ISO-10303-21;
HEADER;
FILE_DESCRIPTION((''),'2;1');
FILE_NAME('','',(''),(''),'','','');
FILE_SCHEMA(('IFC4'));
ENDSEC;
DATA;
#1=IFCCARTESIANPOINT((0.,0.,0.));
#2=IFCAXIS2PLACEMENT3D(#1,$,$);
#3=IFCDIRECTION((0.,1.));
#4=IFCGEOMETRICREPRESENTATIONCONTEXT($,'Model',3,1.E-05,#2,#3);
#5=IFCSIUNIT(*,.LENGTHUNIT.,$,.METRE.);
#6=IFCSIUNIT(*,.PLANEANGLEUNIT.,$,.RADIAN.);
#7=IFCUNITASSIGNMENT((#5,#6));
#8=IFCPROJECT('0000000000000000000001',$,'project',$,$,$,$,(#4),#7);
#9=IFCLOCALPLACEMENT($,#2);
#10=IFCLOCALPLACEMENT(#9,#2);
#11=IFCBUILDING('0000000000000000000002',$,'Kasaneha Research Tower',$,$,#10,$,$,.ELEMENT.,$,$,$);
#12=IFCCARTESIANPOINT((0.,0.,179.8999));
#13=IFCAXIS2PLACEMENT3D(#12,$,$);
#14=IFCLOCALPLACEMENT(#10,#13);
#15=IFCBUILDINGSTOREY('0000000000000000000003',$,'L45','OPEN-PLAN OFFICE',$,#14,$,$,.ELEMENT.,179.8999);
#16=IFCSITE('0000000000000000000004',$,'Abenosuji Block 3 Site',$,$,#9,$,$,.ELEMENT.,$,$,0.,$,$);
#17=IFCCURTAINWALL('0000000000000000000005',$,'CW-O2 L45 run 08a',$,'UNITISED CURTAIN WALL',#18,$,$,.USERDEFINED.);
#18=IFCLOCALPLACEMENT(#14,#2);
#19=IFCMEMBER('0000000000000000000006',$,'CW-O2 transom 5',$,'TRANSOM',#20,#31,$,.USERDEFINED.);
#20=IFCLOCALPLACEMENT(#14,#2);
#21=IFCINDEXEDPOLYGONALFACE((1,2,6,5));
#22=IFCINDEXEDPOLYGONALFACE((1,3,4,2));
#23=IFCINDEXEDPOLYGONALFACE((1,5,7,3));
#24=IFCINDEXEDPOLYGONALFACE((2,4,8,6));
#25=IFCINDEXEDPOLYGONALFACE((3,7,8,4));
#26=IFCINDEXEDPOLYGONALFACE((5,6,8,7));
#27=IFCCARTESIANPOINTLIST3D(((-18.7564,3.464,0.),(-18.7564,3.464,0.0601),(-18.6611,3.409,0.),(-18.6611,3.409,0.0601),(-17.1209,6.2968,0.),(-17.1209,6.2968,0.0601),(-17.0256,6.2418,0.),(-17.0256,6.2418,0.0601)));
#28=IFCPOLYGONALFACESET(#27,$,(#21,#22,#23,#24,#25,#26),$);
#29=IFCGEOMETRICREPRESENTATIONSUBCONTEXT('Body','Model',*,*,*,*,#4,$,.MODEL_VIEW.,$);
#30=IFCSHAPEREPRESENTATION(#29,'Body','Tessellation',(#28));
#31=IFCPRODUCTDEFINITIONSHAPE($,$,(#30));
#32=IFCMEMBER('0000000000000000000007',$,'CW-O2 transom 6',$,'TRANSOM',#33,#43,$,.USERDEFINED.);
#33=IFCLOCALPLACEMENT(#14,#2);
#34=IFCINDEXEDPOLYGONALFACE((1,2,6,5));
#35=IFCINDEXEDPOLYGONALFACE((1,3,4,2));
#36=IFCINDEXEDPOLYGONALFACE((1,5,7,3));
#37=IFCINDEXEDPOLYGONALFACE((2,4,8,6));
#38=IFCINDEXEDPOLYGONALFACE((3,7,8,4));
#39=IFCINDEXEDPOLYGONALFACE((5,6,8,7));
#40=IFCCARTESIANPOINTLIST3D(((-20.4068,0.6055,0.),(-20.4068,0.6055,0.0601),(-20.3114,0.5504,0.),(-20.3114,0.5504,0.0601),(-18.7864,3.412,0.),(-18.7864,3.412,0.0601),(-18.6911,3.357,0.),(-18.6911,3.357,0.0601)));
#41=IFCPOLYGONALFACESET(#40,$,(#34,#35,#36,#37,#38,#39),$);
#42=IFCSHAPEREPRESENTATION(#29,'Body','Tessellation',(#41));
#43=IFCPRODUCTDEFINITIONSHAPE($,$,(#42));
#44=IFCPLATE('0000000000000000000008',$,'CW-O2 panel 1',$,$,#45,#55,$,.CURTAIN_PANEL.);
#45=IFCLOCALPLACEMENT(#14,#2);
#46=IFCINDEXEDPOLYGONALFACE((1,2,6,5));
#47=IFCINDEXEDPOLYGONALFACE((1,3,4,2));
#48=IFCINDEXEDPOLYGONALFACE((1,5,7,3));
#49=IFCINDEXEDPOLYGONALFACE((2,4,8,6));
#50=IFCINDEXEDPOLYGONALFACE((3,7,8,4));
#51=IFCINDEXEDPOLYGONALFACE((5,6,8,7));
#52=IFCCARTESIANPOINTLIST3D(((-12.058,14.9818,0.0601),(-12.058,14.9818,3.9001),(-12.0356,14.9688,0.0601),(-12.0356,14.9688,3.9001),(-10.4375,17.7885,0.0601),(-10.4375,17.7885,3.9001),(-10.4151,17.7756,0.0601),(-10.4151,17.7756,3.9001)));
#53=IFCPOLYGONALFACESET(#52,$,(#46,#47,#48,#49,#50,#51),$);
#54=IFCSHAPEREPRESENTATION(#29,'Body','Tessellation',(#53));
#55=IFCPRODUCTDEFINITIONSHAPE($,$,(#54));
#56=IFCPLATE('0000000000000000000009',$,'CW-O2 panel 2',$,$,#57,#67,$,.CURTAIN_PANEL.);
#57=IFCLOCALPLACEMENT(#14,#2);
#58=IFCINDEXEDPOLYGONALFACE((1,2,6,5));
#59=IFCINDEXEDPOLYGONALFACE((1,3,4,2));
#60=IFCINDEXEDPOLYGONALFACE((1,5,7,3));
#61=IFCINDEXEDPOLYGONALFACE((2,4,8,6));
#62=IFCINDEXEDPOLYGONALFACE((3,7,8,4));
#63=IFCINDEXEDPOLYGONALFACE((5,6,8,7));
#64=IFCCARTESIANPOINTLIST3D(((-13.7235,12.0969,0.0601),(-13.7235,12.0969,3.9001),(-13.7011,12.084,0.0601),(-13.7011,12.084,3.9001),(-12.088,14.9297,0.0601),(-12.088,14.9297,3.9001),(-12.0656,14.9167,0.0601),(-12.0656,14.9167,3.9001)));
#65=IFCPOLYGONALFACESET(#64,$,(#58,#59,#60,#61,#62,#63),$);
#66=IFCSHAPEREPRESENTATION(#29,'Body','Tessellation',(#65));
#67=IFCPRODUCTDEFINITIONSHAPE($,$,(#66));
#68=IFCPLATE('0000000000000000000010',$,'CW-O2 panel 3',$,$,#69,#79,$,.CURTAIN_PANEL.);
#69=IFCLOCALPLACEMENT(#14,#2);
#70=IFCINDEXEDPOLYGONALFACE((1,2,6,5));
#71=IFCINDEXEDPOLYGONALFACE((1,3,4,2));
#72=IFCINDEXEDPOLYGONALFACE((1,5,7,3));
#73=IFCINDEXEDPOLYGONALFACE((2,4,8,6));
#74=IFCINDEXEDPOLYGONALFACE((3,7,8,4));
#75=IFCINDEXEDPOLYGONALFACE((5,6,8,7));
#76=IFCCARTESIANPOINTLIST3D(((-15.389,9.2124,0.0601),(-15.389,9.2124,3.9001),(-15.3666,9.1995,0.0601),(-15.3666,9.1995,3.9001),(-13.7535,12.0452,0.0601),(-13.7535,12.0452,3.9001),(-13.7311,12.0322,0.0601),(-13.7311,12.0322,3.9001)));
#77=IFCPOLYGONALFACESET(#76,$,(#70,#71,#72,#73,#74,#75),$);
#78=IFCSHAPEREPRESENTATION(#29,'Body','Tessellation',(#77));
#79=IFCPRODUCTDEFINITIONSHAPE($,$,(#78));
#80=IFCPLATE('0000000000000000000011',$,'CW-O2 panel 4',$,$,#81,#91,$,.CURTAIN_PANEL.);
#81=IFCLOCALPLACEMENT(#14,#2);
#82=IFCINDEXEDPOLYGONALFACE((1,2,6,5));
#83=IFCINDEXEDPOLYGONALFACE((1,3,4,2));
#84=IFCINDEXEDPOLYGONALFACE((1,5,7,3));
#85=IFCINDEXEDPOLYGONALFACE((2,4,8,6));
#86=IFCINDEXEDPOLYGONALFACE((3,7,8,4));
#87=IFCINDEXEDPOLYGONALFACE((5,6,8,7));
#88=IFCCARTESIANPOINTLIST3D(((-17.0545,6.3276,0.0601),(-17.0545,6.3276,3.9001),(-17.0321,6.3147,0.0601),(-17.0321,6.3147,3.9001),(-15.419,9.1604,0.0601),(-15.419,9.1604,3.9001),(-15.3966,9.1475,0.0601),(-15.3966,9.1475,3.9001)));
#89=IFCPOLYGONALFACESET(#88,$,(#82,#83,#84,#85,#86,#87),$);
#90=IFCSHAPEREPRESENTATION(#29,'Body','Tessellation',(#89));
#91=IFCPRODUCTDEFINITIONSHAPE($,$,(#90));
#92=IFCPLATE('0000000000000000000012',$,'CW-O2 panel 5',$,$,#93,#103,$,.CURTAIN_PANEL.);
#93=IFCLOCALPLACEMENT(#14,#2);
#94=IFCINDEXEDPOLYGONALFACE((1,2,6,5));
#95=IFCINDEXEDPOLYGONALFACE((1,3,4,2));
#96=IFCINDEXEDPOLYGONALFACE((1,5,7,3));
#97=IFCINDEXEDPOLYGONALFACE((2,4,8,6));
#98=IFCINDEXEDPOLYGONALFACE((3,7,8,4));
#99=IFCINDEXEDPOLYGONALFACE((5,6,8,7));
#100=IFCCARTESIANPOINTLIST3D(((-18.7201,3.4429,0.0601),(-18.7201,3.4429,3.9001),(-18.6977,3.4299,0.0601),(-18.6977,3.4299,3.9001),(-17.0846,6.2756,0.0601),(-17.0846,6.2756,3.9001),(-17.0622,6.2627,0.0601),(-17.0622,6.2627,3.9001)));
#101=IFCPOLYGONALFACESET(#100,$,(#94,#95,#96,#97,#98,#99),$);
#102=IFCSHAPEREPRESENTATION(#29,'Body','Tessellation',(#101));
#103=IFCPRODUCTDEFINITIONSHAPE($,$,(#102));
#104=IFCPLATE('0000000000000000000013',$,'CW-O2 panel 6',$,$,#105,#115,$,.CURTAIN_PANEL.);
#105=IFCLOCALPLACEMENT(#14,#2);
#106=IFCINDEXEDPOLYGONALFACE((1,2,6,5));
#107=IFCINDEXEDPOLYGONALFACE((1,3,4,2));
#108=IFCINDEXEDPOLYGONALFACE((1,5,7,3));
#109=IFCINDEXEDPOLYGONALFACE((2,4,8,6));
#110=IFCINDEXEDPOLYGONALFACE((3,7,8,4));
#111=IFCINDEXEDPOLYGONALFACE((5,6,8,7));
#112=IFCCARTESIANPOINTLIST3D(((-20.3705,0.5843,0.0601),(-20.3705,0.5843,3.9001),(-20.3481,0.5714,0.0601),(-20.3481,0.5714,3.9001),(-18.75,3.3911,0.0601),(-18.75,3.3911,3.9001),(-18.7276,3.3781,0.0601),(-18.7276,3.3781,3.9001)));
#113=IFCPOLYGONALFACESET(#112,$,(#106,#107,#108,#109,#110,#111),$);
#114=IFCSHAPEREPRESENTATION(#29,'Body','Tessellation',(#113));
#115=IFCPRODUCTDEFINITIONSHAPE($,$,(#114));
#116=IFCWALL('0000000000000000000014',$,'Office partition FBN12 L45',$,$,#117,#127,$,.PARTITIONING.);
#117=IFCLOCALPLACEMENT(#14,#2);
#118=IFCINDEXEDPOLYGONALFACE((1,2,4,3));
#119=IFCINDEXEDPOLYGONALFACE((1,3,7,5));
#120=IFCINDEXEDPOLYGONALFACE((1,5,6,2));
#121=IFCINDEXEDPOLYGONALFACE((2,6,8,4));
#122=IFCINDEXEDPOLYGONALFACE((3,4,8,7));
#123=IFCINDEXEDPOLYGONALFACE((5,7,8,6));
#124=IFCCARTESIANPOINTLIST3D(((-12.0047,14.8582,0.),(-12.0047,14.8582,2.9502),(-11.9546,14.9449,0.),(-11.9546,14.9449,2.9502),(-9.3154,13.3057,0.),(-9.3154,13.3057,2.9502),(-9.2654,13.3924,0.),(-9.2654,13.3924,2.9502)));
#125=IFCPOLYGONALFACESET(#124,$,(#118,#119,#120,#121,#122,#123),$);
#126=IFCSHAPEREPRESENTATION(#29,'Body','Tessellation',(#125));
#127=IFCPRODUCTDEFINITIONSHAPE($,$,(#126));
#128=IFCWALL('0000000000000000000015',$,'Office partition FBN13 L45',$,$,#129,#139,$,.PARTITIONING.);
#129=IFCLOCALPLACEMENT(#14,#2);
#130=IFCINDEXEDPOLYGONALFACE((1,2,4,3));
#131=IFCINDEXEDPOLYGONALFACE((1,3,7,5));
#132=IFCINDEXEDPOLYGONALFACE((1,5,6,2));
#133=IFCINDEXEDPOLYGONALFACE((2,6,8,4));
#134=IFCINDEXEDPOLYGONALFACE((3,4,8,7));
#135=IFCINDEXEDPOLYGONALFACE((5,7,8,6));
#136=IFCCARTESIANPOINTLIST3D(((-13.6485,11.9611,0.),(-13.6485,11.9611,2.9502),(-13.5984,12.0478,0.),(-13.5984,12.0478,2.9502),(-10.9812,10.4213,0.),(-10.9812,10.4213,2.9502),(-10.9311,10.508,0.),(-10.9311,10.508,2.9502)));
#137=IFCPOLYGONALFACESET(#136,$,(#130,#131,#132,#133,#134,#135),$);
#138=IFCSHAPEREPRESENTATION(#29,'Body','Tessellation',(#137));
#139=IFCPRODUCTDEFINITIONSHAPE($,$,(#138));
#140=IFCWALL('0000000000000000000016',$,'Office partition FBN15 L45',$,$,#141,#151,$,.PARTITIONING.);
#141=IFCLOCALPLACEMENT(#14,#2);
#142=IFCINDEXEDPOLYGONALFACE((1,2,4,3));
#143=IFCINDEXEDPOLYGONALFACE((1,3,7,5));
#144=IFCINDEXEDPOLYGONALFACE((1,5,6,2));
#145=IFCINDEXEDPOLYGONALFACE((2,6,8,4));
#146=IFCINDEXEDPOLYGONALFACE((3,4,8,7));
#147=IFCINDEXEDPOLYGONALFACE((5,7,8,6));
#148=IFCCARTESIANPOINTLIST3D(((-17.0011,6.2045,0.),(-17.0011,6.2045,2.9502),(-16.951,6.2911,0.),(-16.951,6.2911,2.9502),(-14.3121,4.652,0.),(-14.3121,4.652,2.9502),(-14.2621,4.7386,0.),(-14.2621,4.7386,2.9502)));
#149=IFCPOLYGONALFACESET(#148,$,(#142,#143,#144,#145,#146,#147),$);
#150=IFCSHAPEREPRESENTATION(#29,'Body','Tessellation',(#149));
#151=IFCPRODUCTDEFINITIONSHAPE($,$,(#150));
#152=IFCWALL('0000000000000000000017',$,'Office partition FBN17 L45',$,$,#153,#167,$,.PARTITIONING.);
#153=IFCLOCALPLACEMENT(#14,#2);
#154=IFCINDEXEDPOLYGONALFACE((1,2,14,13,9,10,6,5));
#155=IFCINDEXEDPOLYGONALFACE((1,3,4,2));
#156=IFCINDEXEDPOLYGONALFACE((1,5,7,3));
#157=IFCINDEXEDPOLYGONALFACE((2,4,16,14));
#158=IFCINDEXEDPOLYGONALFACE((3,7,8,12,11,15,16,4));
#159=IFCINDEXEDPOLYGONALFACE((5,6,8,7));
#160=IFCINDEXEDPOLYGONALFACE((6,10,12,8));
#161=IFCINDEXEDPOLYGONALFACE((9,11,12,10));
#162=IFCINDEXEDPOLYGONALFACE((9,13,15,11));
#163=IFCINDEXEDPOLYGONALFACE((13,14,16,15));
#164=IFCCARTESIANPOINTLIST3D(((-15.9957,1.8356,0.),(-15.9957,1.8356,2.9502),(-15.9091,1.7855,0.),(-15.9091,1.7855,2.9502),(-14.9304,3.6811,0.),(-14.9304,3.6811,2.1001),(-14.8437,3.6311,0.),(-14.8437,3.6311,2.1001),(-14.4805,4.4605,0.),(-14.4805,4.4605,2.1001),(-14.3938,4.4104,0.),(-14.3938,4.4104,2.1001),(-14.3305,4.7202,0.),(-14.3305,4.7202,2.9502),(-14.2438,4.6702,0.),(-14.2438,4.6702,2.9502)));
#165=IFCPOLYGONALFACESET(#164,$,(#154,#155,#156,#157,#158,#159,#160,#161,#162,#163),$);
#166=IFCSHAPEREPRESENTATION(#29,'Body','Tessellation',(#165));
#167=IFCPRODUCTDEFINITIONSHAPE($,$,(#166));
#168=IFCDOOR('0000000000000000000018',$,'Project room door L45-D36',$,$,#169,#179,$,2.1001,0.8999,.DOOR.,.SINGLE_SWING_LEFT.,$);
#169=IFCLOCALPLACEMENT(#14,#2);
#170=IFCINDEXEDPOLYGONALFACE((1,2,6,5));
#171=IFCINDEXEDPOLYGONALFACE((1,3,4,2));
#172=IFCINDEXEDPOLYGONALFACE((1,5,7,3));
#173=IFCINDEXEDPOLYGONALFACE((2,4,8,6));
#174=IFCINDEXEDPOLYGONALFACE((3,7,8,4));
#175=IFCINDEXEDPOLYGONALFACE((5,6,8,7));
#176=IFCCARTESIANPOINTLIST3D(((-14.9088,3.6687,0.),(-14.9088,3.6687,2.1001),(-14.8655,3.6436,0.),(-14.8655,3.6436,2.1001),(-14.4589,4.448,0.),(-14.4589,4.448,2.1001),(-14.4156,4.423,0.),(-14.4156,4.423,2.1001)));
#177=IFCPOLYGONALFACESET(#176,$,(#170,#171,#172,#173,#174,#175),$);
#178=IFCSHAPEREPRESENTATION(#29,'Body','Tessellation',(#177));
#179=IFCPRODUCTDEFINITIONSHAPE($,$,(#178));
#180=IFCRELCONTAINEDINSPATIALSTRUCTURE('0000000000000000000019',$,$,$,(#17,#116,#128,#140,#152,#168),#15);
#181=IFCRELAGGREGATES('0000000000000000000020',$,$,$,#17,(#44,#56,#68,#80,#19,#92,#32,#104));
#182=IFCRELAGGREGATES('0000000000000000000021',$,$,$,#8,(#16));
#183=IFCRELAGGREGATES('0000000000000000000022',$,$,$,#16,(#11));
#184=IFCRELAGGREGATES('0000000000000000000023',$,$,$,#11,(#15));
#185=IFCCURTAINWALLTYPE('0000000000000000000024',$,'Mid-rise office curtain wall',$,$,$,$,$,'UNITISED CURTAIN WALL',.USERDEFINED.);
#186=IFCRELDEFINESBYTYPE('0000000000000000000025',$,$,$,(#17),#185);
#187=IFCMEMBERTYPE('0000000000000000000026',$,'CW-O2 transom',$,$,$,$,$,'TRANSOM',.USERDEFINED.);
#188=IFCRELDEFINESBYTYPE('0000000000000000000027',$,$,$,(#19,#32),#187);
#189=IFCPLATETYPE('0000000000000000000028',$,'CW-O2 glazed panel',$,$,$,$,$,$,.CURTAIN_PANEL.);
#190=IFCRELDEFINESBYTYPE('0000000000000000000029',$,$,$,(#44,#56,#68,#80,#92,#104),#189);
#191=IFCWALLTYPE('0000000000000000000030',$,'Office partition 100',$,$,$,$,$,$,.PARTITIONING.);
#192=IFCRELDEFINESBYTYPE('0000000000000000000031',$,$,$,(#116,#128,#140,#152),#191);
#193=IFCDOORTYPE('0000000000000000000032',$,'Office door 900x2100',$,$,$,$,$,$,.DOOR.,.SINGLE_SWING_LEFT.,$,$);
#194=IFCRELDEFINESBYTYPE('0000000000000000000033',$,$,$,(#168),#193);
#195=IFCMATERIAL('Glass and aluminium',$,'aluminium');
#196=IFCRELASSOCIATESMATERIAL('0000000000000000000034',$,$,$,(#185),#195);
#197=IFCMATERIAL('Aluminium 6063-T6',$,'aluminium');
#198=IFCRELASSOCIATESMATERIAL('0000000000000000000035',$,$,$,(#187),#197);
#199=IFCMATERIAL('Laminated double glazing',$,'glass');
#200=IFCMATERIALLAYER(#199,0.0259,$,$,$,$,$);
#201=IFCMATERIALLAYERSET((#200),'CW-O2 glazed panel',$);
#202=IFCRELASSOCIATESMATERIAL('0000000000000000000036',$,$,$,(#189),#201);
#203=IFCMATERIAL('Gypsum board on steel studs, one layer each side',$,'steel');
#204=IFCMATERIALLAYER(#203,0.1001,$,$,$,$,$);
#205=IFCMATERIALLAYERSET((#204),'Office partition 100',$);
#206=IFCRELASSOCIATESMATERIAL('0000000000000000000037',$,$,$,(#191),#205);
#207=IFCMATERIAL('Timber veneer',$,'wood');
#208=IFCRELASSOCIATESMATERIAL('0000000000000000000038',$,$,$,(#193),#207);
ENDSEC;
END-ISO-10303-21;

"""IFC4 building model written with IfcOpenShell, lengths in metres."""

from ifc_helpers import new_model, si_unit, direction, frame, frame_2d, origin, origin_2d, place, context, subcontext, project, spatial, rectangle, extrude, material, layer, layer_set, material_profile, profile_set, type_object, element, fill, aggregate, save


model = new_model("IFC4")

# Units and contexts
model_context = context("Model", 3, precision=1e-05, world=origin(), true_north=direction((0.0, 1.0)))
body_context = subcontext(model_context, "Body", "Model", "MODEL_VIEW")
ifc_project = project(units=[si_unit("LENGTHUNIT", "METRE"), si_unit("PLANEANGLEUNIT", "RADIAN")], contexts=[model_context])

# Site, building, storey
site_placement = place(None, origin())
site = spatial("IfcSite", under=ifc_project, at=site_placement, Name="Abenosuji Block 3 Site", CompositionType="ELEMENT", RefElevation=0.0)
building_placement = place(site_placement, origin())
building = spatial("IfcBuilding", under=site, at=building_placement, Name="Kasaneha Research Tower", CompositionType="ELEMENT")
storey_placement = place(building_placement, frame((0.0, 0.0, 179.8999)))
storey = spatial("IfcBuildingStorey", under=building, at=storey_placement, Name="L45", Description="OPEN-PLAN OFFICE", CompositionType="ELEMENT", Elevation=179.8999)

# Shared definitions
ifc_material_1 = material(Name="Glass and aluminium", Category="aluminium")
curtain_wall_type = type_object("IfcCurtainWallType", Name="Mid-rise office curtain wall", ElementType="UNITISED CURTAIN WALL", PredefinedType="USERDEFINED", material=ifc_material_1)

# Curtain wall, members, plates
curtain_wall_1_placement = place(storey_placement, origin())
curtain_wall_1 = element("IfcCurtainWall", 1, at=curtain_wall_1_placement, inside=storey, type_object=curtain_wall_type, Name="CW-O2 L45 run 08a", ObjectType="UNITISED CURTAIN WALL", PredefinedType="USERDEFINED")
ifc_material_2 = material(Name="Aluminium 6063-T6", Category="aluminium")
ifc_material_profile_1 = material_profile(ifc_material_2, rectangle(XDim=0.1101, YDim=0.0601, at=origin_2d()), Name="CW-O2 transom 110x60")
ifc_profile_set_1 = profile_set([ifc_material_profile_1], Name="Aluminium 6063-T6")
member_type_1 = type_object("IfcMemberType", Name="CW-O2 transom", ElementType="TRANSOM", PredefinedType="USERDEFINED", material=ifc_profile_set_1)
member_1_placement = place(storey_placement, frame((-17.0732, 6.2693, 0.03), z_axis=(-0.5, -0.866025, 0.0), x_axis=(0.866025, -0.5, 0.0)))
member_1 = element("IfcMember", 2, at=member_1_placement, type_object=member_type_1, Name="CW-O2 transom 5", ObjectType="TRANSOM", PredefinedType="USERDEFINED", context=body_context, shape_type="SweptSolid", body=[
    extrude(rectangle(XDim=0.1101, YDim=0.0601, at=origin_2d()), origin(), (0.0, 0.0, 1.0), 3.271),
])
member_2_placement = place(storey_placement, frame((-18.7388, 3.3845, 0.03), z_axis=(-0.499988, -0.866033, 0.0), x_axis=(0.866033, -0.499988, 0.0)))
member_2 = element("IfcMember", 3, at=member_2_placement, type_object=member_type_1, Name="CW-O2 transom 6", ObjectType="TRANSOM", PredefinedType="USERDEFINED", context=body_context, shape_type="SweptSolid", body=[
    extrude(rectangle(XDim=0.1101, YDim=0.0601, at=origin_2d()), origin(), (0.0, 0.0, 1.0), 3.2407),
])
ifc_material_3 = material(Name="Laminated double glazing", Category="glass")
ifc_layer_1 = layer(ifc_material_3, 0.0259)
ifc_layer_set_1 = layer_set([ifc_layer_1], Name="CW-O2 glazed panel")
plate_type = type_object("IfcPlateType", Name="CW-O2 glazed panel", PredefinedType="CURTAIN_PANEL", material=ifc_layer_set_1)
plate_1_placement = place(storey_placement, frame((-11.2366, 16.3787, 0.0601), z_axis=(0.0, 0.0, 1.0), x_axis=(-0.5, -0.866025, 0.0)))
plate_1 = element("IfcPlate", 4, at=plate_1_placement, type_object=plate_type, Name="CW-O2 panel 1", PredefinedType="CURTAIN_PANEL", context=body_context, shape_type="SweptSolid", body=[
    extrude(rectangle(XDim=3.241, YDim=0.0259, at=origin_2d()), origin(), (0.0, 0.0, 1.0), 3.8401),
])
plate_2_placement = place(storey_placement, frame((-12.8945, 13.5068, 0.0601), z_axis=(0.0, 0.0, 1.0), x_axis=(-0.5, -0.866025, 0.0)))
plate_2 = element("IfcPlate", 5, at=plate_2_placement, type_object=plate_type, Name="CW-O2 panel 2", PredefinedType="CURTAIN_PANEL", context=body_context, shape_type="SweptSolid", body=[
    extrude(rectangle(XDim=3.271, YDim=0.0259, at=origin_2d()), origin(), (0.0, 0.0, 1.0), 3.8401),
])
plate_3_placement = place(storey_placement, frame((-14.5601, 10.6223, 0.0601), z_axis=(0.0, 0.0, 1.0), x_axis=(-0.5, -0.866025, 0.0)))
plate_3 = element("IfcPlate", 6, at=plate_3_placement, type_object=plate_type, Name="CW-O2 panel 3", PredefinedType="CURTAIN_PANEL", context=body_context, shape_type="SweptSolid", body=[
    extrude(rectangle(XDim=3.271, YDim=0.0259, at=origin_2d()), origin(), (0.0, 0.0, 1.0), 3.8401),
])
plate_4_placement = place(storey_placement, frame((-16.2256, 7.7375, 0.0601), z_axis=(0.0, 0.0, 1.0), x_axis=(-0.5, -0.866025, 0.0)))
plate_4 = element("IfcPlate", 7, at=plate_4_placement, type_object=plate_type, Name="CW-O2 panel 4", PredefinedType="CURTAIN_PANEL", context=body_context, shape_type="SweptSolid", body=[
    extrude(rectangle(XDim=3.271, YDim=0.0259, at=origin_2d()), origin(), (0.0, 0.0, 1.0), 3.8401),
])
plate_5_placement = place(storey_placement, frame((-17.8911, 4.8528, 0.0601), z_axis=(0.0, 0.0, 1.0), x_axis=(-0.5, -0.866025, 0.0)))
plate_5 = element("IfcPlate", 8, at=plate_5_placement, type_object=plate_type, Name="CW-O2 panel 5", PredefinedType="CURTAIN_PANEL", context=body_context, shape_type="SweptSolid", body=[
    extrude(rectangle(XDim=3.271, YDim=0.0259, at=origin_2d()), origin(), (0.0, 0.0, 1.0), 3.8401),
])
plate_6_placement = place(storey_placement, frame((-19.5491, 1.9812, 0.0601), z_axis=(0.0, 0.0, 1.0), x_axis=(-0.5, -0.866025, 0.0)))
plate_6 = element("IfcPlate", 9, at=plate_6_placement, type_object=plate_type, Name="CW-O2 panel 6", PredefinedType="CURTAIN_PANEL", context=body_context, shape_type="SweptSolid", body=[
    extrude(rectangle(XDim=3.241, YDim=0.0259, at=origin_2d()), origin(), (0.0, 0.0, 1.0), 3.8401),
])
aggregate(curtain_wall_1, [plate_1, plate_2, plate_3, plate_4, member_1, plate_5, member_2, plate_6])

# Walls
ifc_material_4 = material(Name="Gypsum board on steel studs, one layer each side", Category="steel")
ifc_layer_2 = layer(ifc_material_4, 0.1001)
ifc_layer_set_2 = layer_set([ifc_layer_2], Name="Office partition 100")
wall_type = type_object("IfcWallType", Name="Office partition 100", PredefinedType="PARTITIONING", material=ifc_layer_set_2)
wall_1_placement = place(storey_placement, frame((-11.9797, 14.9016, 0.0), z_axis=(0.0, 0.0, 1.0), x_axis=(0.866043, -0.49997, 0.0)))
element("IfcWall", 10, at=wall_1_placement, inside=storey, type_object=wall_type, Name="Office partition FBN12 L45", PredefinedType="PARTITIONING", context=body_context, shape_type="SweptSolid", body=[
    extrude(rectangle(XDim=3.1052, YDim=0.1001, at=frame_2d((1.5527, 0.0))), origin(), (0.0, 0.0, 1.0), 2.9502),
])
wall_2_placement = place(storey_placement, frame((-10.9561, 10.4646, 0.0), z_axis=(0.0, 0.0, 1.0), x_axis=(-0.866044, 0.499967, 0.0)))
element("IfcWall", 11, at=wall_2_placement, inside=storey, type_object=wall_type, Name="Office partition FBN13 L45", PredefinedType="PARTITIONING", context=body_context, shape_type="SweptSolid", body=[
    extrude(rectangle(XDim=3.0798, YDim=0.1001, at=frame_2d((1.54, 0.0))), origin(), (0.0, 0.0, 1.0), 2.9502),
])
wall_3_placement = place(storey_placement, frame((-16.9761, 6.2478, 0.0), z_axis=(0.0, 0.0, 1.0), x_axis=(0.866023, -0.500004, 0.0)))
element("IfcWall", 12, at=wall_3_placement, inside=storey, type_object=wall_type, Name="Office partition FBN15 L45", PredefinedType="PARTITIONING", context=body_context, shape_type="SweptSolid", body=[
    extrude(rectangle(XDim=3.105, YDim=0.1001, at=frame_2d((1.5525, 0.0))), origin(), (0.0, 0.0, 1.0), 2.9502),
])

# Wall, opening, door
wall_4_placement = place(storey_placement, frame((-14.2871, 4.6953, 0.0), z_axis=(0.0, 0.0, 1.0), x_axis=(-0.499947, -0.866056, 0.0)))
wall_4 = element("IfcWall", 13, at=wall_4_placement, inside=storey, type_object=wall_type, Name="Office partition FBN17 L45", PredefinedType="PARTITIONING", context=body_context, shape_type="SweptSolid", body=[
    extrude(rectangle(XDim=3.3308, YDim=0.1001, at=frame_2d((1.6655, 0.0))), origin(), (0.0, 0.0, 1.0), 2.9502),
])
opening_placement = place(wall_4_placement, frame((0.3, 0.0, 0.0)))
opening = element("IfcOpeningElement", 14, at=opening_placement, cuts=wall_4, PredefinedType="OPENING", context=body_context, shape_type="SweptSolid", body=[
    extrude(rectangle(XDim=0.8999, YDim=2.1001, at=frame_2d((0.45, 1.05))), frame((0.0, 0.0601, 0.0), z_axis=(0.0, -1.0, 0.0), x_axis=(1.0, 0.0, 0.0)), (0.0, 0.0, 1.0), 0.1201),
])
ifc_material_5 = material(Name="Timber veneer", Category="wood")
door_type = type_object("IfcDoorType", Name="Office door 900x2100", OperationType="SINGLE_SWING_LEFT", PredefinedType="DOOR", material=ifc_material_5)
door_placement = place(opening_placement, origin())
door = element("IfcDoor", 15, at=door_placement, inside=storey, type_object=door_type, Name="Project room door L45-D36", OperationType="SINGLE_SWING_LEFT", OverallHeight=2.1001, OverallWidth=0.8999, PredefinedType="DOOR", context=body_context, shape_type="SweptSolid", body=[
    extrude(rectangle(XDim=0.8999, YDim=2.1001, at=frame_2d((0.45, 1.05))), frame((0.0, 0.0249, 0.0), z_axis=(0.0, -1.0, 0.0), x_axis=(1.0, 0.0, 0.0)), (0.0, 0.0, 1.0), 0.05),
])
fill(opening, door)

save(model, "model.ifc")
